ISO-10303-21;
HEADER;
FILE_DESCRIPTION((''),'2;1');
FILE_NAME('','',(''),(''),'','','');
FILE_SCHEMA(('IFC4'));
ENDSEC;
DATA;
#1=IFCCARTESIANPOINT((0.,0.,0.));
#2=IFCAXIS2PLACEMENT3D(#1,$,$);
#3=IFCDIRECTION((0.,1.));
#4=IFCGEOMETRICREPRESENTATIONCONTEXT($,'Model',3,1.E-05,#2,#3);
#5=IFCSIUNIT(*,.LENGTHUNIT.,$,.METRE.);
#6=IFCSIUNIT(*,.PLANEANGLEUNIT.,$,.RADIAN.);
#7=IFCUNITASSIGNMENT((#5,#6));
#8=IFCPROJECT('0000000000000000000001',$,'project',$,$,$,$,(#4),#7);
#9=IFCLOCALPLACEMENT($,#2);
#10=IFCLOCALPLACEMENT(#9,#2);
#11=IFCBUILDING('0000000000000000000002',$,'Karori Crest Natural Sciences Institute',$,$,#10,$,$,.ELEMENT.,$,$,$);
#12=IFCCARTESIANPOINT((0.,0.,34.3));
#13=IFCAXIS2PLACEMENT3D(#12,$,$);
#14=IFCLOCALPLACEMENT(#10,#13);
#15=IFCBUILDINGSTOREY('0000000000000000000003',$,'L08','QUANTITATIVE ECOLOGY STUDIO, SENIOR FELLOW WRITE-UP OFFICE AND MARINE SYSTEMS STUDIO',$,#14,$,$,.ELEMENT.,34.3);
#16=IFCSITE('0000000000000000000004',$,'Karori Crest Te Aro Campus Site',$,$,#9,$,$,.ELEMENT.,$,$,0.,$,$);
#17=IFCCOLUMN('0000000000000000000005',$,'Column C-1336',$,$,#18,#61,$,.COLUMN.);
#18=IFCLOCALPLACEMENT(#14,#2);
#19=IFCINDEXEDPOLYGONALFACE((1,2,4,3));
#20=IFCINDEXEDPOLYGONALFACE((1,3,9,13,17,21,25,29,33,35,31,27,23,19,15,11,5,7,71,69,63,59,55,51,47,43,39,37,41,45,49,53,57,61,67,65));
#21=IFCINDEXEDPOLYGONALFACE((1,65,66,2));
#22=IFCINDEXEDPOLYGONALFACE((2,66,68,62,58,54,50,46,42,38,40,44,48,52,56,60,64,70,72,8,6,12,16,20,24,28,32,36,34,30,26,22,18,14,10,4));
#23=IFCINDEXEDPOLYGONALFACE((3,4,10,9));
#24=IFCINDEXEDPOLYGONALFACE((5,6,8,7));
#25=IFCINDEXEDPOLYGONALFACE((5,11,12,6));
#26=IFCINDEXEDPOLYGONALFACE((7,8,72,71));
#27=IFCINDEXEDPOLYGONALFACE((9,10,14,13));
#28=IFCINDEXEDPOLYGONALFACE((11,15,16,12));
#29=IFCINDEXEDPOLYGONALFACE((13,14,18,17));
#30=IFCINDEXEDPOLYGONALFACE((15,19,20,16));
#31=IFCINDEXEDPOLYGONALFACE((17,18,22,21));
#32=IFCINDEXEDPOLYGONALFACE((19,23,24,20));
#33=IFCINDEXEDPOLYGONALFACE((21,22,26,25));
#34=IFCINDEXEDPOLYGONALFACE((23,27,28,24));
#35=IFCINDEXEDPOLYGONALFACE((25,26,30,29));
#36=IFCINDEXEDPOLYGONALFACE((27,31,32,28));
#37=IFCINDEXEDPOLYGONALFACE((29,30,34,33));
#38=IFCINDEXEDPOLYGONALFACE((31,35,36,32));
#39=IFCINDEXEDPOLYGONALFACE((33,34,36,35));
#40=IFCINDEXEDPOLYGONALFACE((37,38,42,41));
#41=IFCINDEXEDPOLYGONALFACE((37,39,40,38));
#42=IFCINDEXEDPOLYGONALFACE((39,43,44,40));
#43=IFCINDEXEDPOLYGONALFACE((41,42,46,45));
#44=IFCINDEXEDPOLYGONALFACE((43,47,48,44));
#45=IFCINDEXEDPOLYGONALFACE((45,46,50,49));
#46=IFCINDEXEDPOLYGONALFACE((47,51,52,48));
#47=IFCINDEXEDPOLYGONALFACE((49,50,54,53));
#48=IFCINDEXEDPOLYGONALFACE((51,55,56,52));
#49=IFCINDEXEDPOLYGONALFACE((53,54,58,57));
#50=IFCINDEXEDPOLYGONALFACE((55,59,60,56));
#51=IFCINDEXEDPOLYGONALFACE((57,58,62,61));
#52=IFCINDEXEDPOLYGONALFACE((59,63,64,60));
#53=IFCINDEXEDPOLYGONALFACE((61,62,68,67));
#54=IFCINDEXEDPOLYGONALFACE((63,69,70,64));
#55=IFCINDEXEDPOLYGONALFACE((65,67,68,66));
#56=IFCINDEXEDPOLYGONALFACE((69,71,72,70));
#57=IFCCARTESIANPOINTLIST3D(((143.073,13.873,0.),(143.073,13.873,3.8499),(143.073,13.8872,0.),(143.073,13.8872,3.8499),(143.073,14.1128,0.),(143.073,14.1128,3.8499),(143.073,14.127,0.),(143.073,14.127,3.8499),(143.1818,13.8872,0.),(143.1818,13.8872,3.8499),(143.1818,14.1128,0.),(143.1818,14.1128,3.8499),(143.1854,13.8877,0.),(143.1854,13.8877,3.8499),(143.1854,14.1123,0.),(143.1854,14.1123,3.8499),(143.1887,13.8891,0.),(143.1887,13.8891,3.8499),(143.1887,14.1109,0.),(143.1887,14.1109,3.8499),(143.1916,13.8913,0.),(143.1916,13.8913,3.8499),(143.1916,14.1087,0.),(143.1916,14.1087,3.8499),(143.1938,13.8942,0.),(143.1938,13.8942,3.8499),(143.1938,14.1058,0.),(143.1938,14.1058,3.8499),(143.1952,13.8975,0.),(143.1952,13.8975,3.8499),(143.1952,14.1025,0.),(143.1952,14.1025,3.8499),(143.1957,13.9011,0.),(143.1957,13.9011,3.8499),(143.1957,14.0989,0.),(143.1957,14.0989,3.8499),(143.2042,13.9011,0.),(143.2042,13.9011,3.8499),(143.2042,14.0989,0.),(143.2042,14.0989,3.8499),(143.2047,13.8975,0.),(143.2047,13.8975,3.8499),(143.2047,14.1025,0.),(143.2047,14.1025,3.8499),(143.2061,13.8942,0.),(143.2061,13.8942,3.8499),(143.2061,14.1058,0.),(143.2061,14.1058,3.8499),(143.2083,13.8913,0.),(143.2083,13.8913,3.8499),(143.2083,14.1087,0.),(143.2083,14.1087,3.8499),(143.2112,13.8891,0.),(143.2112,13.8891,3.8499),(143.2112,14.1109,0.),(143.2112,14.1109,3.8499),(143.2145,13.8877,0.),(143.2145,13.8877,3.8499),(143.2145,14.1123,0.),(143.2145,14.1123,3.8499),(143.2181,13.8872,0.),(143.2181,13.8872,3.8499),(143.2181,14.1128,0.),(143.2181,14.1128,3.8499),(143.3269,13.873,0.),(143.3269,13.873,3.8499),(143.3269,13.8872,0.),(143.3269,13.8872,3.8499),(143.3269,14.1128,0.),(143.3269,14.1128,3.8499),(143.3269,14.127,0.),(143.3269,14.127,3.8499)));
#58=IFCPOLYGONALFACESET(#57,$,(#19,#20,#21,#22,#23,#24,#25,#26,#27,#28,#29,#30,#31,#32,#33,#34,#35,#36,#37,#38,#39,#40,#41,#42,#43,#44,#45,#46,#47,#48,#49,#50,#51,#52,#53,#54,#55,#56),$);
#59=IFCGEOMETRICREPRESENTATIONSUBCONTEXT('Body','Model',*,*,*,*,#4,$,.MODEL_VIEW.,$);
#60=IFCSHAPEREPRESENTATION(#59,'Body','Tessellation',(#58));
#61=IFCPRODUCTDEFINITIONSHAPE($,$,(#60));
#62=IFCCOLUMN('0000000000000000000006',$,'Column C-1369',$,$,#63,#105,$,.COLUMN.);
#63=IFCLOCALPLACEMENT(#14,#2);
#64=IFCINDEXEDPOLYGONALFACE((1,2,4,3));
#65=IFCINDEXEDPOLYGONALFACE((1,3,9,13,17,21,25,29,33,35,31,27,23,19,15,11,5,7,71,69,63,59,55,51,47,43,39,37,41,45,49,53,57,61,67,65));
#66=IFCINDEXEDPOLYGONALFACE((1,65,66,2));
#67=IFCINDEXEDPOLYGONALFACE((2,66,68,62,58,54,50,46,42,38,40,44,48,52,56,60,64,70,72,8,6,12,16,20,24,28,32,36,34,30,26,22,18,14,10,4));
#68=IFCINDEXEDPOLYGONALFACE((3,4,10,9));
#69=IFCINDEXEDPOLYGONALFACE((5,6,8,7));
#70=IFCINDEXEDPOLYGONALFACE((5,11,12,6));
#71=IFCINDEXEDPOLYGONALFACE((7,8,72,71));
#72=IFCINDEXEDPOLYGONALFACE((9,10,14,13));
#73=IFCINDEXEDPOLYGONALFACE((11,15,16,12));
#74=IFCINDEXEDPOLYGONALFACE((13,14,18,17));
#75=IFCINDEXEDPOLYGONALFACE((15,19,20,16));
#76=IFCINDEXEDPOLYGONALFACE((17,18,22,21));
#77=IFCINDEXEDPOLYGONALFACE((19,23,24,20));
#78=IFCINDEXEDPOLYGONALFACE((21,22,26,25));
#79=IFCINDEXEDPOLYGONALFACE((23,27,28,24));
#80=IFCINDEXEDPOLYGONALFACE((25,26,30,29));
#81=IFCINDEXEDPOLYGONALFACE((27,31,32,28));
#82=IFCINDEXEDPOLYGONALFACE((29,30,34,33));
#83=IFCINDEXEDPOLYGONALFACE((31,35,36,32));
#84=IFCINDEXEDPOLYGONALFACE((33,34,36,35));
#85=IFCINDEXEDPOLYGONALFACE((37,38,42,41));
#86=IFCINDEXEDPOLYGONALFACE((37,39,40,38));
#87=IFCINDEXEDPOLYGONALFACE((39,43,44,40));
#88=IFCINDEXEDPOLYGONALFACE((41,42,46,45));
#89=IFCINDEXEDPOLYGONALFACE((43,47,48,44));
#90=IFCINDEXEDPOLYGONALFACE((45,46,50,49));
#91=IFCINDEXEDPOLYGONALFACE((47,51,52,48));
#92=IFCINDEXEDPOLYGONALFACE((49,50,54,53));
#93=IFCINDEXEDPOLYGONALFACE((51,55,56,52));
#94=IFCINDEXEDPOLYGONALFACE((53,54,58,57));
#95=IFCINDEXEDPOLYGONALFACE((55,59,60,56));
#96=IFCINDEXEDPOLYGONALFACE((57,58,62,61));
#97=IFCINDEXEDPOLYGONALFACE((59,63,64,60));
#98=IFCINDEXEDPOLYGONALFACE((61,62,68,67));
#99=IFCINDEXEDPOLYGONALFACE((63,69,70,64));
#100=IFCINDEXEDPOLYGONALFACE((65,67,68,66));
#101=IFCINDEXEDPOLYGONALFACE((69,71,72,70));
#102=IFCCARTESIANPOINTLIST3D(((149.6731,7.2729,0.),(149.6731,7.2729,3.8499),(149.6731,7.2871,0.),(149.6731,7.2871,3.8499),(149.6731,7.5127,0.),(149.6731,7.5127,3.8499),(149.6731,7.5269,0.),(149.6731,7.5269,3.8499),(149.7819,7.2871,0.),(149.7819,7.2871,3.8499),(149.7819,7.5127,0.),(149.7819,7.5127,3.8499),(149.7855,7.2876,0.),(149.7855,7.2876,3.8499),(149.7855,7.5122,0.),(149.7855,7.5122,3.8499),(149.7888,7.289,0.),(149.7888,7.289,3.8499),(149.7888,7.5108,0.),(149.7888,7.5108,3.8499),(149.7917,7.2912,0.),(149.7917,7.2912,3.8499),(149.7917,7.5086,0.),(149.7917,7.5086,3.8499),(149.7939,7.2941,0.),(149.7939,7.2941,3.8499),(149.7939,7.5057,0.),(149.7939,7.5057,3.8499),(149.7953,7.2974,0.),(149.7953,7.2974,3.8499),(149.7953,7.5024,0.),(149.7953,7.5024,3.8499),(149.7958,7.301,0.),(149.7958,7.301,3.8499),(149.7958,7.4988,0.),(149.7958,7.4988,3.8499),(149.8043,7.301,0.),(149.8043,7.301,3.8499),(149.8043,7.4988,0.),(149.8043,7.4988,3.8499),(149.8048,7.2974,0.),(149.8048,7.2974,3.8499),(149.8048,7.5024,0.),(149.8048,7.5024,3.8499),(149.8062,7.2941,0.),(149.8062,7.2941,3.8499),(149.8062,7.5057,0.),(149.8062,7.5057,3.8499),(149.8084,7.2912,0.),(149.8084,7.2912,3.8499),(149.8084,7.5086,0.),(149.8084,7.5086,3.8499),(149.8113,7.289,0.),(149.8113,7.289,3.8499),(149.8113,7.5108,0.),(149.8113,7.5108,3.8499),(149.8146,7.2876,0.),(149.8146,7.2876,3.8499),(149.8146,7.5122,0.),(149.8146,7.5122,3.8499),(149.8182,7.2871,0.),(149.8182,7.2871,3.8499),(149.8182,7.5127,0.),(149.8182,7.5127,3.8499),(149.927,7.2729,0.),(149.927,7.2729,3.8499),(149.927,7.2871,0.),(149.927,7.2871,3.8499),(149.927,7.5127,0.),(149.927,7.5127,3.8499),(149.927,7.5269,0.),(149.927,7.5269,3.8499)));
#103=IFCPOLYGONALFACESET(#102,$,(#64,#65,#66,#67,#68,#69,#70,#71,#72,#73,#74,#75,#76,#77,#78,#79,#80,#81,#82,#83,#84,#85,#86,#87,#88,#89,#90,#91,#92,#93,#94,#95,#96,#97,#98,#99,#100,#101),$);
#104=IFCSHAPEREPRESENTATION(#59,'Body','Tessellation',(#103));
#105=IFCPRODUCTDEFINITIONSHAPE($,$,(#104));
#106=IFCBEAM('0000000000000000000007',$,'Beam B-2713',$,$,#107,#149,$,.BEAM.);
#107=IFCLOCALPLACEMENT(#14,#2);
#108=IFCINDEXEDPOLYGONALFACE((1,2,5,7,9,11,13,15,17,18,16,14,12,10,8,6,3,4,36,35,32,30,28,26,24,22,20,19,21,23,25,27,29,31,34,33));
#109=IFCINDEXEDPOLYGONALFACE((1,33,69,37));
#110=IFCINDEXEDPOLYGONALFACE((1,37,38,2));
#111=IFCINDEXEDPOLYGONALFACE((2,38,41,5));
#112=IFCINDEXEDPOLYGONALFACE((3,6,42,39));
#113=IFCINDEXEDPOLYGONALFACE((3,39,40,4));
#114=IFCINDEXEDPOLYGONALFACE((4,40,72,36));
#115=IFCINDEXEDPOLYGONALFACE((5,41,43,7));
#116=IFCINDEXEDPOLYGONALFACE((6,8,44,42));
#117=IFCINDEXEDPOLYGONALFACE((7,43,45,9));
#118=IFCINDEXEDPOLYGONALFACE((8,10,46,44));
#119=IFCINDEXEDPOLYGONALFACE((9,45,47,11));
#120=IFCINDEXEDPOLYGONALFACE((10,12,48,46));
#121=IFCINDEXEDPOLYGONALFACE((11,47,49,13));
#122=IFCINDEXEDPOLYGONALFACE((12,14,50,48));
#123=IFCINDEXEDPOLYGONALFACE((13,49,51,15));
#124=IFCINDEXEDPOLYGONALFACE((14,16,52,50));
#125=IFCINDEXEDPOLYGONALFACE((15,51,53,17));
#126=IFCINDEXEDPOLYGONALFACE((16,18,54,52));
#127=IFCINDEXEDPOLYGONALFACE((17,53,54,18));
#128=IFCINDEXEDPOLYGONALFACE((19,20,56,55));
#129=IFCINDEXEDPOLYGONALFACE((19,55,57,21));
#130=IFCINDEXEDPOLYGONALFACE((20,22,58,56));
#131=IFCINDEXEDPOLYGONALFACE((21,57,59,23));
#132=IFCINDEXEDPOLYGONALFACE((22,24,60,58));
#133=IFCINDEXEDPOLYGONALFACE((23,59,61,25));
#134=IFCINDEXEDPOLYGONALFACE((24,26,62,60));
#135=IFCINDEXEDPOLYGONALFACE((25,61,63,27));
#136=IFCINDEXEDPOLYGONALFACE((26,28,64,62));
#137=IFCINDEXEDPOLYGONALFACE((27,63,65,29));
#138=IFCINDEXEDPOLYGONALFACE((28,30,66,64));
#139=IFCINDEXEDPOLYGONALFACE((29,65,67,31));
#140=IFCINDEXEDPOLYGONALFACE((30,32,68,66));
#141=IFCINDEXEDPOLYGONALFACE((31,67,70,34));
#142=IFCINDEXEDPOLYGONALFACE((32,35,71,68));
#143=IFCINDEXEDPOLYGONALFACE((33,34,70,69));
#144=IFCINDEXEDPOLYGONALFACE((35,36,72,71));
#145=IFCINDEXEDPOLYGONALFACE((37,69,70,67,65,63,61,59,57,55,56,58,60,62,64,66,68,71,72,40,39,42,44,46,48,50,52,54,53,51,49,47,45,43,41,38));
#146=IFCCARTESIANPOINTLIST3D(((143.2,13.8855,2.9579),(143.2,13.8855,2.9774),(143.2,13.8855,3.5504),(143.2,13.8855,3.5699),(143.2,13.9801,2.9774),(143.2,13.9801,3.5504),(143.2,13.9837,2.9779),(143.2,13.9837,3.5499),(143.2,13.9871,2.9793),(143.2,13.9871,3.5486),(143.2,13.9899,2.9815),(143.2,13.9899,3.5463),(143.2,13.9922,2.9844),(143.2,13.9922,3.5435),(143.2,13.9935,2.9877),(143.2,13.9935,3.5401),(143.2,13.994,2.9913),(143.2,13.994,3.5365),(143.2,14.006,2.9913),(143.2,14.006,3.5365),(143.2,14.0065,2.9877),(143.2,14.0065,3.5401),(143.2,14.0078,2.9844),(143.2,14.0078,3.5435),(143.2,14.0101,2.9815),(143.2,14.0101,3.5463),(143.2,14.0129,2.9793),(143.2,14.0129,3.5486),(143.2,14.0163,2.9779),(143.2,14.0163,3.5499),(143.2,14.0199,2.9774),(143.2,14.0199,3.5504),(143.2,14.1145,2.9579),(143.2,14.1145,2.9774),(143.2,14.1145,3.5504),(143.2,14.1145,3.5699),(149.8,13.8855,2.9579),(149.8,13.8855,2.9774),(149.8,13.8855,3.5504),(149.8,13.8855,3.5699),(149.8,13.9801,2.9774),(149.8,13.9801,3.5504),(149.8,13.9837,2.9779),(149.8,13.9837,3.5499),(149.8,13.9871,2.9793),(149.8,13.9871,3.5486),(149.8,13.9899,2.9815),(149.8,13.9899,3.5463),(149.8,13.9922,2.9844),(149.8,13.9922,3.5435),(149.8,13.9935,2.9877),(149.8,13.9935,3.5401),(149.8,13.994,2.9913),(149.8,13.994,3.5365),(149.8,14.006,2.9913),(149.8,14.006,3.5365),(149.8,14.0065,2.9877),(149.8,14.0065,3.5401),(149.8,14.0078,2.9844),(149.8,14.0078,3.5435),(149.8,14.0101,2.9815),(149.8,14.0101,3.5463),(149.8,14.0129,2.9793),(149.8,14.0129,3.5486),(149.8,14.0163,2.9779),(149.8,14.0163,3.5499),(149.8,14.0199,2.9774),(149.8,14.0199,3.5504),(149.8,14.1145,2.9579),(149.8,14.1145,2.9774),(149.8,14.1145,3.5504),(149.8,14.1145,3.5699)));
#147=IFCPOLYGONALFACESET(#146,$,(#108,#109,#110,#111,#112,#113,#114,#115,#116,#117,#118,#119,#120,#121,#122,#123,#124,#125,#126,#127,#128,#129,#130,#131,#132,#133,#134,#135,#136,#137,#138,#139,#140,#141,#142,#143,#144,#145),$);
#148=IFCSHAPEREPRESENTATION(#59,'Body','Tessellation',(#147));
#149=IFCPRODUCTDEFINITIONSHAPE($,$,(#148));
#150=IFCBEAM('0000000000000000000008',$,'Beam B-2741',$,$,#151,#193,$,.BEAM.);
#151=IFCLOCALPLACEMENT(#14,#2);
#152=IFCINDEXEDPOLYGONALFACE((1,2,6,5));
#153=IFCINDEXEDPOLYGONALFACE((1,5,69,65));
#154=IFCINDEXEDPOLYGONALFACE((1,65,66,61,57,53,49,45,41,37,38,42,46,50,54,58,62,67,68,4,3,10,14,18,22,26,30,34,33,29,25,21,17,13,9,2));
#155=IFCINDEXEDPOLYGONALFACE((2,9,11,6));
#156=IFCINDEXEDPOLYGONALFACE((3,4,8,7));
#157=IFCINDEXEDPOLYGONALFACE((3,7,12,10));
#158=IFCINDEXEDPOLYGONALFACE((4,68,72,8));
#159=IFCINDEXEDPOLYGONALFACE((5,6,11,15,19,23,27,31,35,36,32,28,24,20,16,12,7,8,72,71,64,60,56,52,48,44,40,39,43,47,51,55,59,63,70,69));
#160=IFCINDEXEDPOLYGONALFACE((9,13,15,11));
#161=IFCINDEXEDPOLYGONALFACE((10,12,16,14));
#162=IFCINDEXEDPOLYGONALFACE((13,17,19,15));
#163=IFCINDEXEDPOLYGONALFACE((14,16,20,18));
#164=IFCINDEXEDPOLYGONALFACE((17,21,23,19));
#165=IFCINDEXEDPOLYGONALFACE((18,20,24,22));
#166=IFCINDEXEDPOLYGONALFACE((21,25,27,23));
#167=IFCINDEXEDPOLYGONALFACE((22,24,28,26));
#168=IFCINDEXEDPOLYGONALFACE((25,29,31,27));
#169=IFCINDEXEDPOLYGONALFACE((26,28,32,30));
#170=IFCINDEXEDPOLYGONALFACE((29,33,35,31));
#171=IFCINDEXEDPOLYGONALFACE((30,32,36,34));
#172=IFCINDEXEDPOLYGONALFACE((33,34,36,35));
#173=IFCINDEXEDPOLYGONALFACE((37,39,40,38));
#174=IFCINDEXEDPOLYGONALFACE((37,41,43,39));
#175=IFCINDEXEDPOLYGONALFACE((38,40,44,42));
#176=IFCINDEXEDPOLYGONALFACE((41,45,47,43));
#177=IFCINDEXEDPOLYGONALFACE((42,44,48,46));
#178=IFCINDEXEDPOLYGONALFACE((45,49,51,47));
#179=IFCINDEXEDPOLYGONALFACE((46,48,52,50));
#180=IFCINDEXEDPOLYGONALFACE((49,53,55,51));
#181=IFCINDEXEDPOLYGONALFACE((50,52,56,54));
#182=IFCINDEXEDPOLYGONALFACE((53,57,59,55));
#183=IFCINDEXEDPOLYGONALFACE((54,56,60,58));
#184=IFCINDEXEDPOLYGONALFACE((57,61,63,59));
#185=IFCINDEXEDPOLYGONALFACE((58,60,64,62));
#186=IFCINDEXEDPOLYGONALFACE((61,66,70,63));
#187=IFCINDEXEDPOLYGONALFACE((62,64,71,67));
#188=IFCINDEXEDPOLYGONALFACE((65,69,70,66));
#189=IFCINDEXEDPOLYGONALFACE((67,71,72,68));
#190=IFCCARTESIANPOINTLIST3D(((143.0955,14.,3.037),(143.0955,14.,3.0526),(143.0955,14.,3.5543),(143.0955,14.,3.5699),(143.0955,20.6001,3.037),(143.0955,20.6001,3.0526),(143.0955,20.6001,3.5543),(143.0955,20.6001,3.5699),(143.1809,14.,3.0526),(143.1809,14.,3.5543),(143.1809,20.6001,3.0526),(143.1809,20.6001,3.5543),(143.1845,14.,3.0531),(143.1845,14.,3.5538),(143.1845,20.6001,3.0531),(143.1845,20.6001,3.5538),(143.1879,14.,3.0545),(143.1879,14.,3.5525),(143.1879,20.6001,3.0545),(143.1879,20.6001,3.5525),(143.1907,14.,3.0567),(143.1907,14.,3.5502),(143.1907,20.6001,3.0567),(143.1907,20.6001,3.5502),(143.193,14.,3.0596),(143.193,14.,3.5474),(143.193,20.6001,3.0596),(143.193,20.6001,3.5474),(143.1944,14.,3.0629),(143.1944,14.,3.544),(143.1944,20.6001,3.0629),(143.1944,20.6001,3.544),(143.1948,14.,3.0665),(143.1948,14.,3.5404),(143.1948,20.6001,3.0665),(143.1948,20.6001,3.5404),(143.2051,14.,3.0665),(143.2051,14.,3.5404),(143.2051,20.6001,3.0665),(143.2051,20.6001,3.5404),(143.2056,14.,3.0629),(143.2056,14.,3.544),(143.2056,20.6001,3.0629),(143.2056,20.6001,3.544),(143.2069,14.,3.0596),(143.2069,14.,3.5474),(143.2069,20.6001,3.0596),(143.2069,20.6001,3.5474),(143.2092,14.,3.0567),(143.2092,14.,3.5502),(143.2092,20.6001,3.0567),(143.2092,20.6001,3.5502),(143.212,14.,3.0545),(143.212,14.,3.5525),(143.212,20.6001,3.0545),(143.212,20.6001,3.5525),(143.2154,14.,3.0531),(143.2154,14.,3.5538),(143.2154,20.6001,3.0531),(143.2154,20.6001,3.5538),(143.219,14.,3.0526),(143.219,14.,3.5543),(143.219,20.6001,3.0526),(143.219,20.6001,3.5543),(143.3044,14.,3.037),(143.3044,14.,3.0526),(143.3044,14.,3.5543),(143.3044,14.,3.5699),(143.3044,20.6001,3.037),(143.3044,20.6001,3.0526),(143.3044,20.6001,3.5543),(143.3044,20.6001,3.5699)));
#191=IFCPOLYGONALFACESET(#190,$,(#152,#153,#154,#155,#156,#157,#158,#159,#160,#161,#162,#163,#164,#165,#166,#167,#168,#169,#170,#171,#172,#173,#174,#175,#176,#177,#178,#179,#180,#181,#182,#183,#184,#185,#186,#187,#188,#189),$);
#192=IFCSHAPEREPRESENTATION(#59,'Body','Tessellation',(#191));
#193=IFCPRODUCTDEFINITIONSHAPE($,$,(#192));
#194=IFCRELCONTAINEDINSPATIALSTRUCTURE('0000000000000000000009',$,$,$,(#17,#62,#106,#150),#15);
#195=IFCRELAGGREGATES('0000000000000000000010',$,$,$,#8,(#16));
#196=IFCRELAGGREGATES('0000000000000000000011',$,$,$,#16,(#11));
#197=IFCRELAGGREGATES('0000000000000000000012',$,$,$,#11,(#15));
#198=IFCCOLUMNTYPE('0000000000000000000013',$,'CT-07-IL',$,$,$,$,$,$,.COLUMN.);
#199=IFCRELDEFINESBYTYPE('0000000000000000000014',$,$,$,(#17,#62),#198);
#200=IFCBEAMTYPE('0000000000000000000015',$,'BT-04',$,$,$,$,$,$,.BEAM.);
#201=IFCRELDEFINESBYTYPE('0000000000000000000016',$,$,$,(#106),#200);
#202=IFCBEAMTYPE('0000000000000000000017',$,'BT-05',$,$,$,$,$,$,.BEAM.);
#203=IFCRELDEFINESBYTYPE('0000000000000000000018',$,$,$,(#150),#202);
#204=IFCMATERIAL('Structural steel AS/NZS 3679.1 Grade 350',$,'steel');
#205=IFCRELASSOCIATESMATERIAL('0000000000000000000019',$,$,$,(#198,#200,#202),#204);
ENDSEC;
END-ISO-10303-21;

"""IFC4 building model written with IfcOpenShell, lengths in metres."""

from ifc_helpers import new_model, si_unit, direction, frame, origin, origin_2d, place, context, subcontext, project, spatial, i_section, extrude, material, material_profile, profile_set, type_object, element, save


model = new_model("IFC4")

# Units and contexts
model_context = context("Model", 3, precision=1e-05, world=origin(), true_north=direction((0.0, 1.0)))
body_context = subcontext(model_context, "Body", "Model", "MODEL_VIEW")
ifc_project = project(units=[si_unit("LENGTHUNIT", "METRE"), si_unit("PLANEANGLEUNIT", "RADIAN")], contexts=[model_context])

# Site, building, storey
site_placement = place(None, origin())
site = spatial("IfcSite", under=ifc_project, at=site_placement, Name="Karori Crest Te Aro Campus Site", CompositionType="ELEMENT", RefElevation=0.0)
building_placement = place(site_placement, origin())
building = spatial("IfcBuilding", under=site, at=building_placement, Name="Karori Crest Natural Sciences Institute", CompositionType="ELEMENT")
storey_placement = place(building_placement, frame((0.0, 0.0, 34.3)))
storey = spatial("IfcBuildingStorey", under=building, at=storey_placement, Name="L08", Description="QUANTITATIVE ECOLOGY STUDIO, SENIOR FELLOW WRITE-UP OFFICE AND MARINE SYSTEMS STUDIO", CompositionType="ELEMENT", Elevation=34.3)

# Columns
ifc_material_1 = material(Name="Structural steel AS/NZS 3679.1 Grade 350", Category="steel")
ifc_material_profile_1 = material_profile(ifc_material_1, i_section(OverallWidth=0.2539, OverallDepth=0.2539, WebThickness=0.0085, FlangeThickness=0.0142, FilletRadius=0.0139, at=origin_2d()), Name="250UC72.9")
ifc_profile_set_1 = profile_set([ifc_material_profile_1], Name="Structural steel AS/NZS 3679.1 Grade 350")
column_type = type_object("IfcColumnType", Name="CT-07-IL", PredefinedType="COLUMN", material=ifc_profile_set_1)
for number, where, z_axis, x_axis, name in (
    (1, (143.2, 14.0, 0.0), (0.0, 0.0, 1.0), (1.0, 0.0, 0.0), "Column C-1336"),
    (2, (149.8, 7.3999, 0.0), (0.0, 0.0, 1.0), (1.0, 0.0, 0.0), "Column C-1369"),
):
    element("IfcColumn", number, at=place(storey_placement, frame(where, z_axis=z_axis, x_axis=x_axis)), inside=storey, type_object=column_type, Name=name, PredefinedType="COLUMN", context=body_context, shape_type="SweptSolid", body=[
        extrude(i_section(OverallWidth=0.2539, OverallDepth=0.2539, WebThickness=0.0085, FlangeThickness=0.0142, FilletRadius=0.0139, at=origin_2d()), origin(), (0.0, 0.0, 1.0), 3.8499),
    ])

# Beams
ifc_material_profile_2 = material_profile(ifc_material_1, i_section(OverallWidth=0.229, OverallDepth=0.6121, WebThickness=0.012, FlangeThickness=0.0195, FilletRadius=0.0139, at=origin_2d()), Name="610UB125")
ifc_profile_set_2 = profile_set([ifc_material_profile_2], Name="Structural steel AS/NZS 3679.1 Grade 350")
beam_type_1 = type_object("IfcBeamType", Name="BT-04", PredefinedType="BEAM", material=ifc_profile_set_2)
beam_1_placement = place(storey_placement, frame((143.2, 14.0, 3.2639), z_axis=(1.0, 0.0, 0.0), x_axis=(0.0, 1.0, 0.0)))
element("IfcBeam", 3, at=beam_1_placement, inside=storey, type_object=beam_type_1, Name="Beam B-2713", PredefinedType="BEAM", context=body_context, shape_type="SweptSolid", body=[
    extrude(i_section(OverallWidth=0.229, OverallDepth=0.6121, WebThickness=0.012, FlangeThickness=0.0195, FilletRadius=0.0139, at=origin_2d()), origin(), (0.0, 0.0, 1.0), 6.6001),
])
ifc_material_profile_3 = material_profile(ifc_material_1, i_section(OverallWidth=0.209, OverallDepth=0.533, WebThickness=0.0103, FlangeThickness=0.0156, FilletRadius=0.0139, at=origin_2d()), Name="530UB92.4")
ifc_profile_set_3 = profile_set([ifc_material_profile_3], Name="Structural steel AS/NZS 3679.1 Grade 350")
beam_type_2 = type_object("IfcBeamType", Name="BT-05", PredefinedType="BEAM", material=ifc_profile_set_3)
beam_2_placement = place(storey_placement, frame((143.2, 14.0, 3.3035), z_axis=(0.0, 1.0, 0.0), x_axis=(-1.0, 0.0, 0.0)))
element("IfcBeam", 4, at=beam_2_placement, inside=storey, type_object=beam_type_2, Name="Beam B-2741", PredefinedType="BEAM", context=body_context, shape_type="SweptSolid", body=[
    extrude(i_section(OverallWidth=0.209, OverallDepth=0.533, WebThickness=0.0103, FlangeThickness=0.0156, FilletRadius=0.0139, at=origin_2d()), origin(), (0.0, 0.0, 1.0), 6.6001),
])

save(model, "model.ifc")
